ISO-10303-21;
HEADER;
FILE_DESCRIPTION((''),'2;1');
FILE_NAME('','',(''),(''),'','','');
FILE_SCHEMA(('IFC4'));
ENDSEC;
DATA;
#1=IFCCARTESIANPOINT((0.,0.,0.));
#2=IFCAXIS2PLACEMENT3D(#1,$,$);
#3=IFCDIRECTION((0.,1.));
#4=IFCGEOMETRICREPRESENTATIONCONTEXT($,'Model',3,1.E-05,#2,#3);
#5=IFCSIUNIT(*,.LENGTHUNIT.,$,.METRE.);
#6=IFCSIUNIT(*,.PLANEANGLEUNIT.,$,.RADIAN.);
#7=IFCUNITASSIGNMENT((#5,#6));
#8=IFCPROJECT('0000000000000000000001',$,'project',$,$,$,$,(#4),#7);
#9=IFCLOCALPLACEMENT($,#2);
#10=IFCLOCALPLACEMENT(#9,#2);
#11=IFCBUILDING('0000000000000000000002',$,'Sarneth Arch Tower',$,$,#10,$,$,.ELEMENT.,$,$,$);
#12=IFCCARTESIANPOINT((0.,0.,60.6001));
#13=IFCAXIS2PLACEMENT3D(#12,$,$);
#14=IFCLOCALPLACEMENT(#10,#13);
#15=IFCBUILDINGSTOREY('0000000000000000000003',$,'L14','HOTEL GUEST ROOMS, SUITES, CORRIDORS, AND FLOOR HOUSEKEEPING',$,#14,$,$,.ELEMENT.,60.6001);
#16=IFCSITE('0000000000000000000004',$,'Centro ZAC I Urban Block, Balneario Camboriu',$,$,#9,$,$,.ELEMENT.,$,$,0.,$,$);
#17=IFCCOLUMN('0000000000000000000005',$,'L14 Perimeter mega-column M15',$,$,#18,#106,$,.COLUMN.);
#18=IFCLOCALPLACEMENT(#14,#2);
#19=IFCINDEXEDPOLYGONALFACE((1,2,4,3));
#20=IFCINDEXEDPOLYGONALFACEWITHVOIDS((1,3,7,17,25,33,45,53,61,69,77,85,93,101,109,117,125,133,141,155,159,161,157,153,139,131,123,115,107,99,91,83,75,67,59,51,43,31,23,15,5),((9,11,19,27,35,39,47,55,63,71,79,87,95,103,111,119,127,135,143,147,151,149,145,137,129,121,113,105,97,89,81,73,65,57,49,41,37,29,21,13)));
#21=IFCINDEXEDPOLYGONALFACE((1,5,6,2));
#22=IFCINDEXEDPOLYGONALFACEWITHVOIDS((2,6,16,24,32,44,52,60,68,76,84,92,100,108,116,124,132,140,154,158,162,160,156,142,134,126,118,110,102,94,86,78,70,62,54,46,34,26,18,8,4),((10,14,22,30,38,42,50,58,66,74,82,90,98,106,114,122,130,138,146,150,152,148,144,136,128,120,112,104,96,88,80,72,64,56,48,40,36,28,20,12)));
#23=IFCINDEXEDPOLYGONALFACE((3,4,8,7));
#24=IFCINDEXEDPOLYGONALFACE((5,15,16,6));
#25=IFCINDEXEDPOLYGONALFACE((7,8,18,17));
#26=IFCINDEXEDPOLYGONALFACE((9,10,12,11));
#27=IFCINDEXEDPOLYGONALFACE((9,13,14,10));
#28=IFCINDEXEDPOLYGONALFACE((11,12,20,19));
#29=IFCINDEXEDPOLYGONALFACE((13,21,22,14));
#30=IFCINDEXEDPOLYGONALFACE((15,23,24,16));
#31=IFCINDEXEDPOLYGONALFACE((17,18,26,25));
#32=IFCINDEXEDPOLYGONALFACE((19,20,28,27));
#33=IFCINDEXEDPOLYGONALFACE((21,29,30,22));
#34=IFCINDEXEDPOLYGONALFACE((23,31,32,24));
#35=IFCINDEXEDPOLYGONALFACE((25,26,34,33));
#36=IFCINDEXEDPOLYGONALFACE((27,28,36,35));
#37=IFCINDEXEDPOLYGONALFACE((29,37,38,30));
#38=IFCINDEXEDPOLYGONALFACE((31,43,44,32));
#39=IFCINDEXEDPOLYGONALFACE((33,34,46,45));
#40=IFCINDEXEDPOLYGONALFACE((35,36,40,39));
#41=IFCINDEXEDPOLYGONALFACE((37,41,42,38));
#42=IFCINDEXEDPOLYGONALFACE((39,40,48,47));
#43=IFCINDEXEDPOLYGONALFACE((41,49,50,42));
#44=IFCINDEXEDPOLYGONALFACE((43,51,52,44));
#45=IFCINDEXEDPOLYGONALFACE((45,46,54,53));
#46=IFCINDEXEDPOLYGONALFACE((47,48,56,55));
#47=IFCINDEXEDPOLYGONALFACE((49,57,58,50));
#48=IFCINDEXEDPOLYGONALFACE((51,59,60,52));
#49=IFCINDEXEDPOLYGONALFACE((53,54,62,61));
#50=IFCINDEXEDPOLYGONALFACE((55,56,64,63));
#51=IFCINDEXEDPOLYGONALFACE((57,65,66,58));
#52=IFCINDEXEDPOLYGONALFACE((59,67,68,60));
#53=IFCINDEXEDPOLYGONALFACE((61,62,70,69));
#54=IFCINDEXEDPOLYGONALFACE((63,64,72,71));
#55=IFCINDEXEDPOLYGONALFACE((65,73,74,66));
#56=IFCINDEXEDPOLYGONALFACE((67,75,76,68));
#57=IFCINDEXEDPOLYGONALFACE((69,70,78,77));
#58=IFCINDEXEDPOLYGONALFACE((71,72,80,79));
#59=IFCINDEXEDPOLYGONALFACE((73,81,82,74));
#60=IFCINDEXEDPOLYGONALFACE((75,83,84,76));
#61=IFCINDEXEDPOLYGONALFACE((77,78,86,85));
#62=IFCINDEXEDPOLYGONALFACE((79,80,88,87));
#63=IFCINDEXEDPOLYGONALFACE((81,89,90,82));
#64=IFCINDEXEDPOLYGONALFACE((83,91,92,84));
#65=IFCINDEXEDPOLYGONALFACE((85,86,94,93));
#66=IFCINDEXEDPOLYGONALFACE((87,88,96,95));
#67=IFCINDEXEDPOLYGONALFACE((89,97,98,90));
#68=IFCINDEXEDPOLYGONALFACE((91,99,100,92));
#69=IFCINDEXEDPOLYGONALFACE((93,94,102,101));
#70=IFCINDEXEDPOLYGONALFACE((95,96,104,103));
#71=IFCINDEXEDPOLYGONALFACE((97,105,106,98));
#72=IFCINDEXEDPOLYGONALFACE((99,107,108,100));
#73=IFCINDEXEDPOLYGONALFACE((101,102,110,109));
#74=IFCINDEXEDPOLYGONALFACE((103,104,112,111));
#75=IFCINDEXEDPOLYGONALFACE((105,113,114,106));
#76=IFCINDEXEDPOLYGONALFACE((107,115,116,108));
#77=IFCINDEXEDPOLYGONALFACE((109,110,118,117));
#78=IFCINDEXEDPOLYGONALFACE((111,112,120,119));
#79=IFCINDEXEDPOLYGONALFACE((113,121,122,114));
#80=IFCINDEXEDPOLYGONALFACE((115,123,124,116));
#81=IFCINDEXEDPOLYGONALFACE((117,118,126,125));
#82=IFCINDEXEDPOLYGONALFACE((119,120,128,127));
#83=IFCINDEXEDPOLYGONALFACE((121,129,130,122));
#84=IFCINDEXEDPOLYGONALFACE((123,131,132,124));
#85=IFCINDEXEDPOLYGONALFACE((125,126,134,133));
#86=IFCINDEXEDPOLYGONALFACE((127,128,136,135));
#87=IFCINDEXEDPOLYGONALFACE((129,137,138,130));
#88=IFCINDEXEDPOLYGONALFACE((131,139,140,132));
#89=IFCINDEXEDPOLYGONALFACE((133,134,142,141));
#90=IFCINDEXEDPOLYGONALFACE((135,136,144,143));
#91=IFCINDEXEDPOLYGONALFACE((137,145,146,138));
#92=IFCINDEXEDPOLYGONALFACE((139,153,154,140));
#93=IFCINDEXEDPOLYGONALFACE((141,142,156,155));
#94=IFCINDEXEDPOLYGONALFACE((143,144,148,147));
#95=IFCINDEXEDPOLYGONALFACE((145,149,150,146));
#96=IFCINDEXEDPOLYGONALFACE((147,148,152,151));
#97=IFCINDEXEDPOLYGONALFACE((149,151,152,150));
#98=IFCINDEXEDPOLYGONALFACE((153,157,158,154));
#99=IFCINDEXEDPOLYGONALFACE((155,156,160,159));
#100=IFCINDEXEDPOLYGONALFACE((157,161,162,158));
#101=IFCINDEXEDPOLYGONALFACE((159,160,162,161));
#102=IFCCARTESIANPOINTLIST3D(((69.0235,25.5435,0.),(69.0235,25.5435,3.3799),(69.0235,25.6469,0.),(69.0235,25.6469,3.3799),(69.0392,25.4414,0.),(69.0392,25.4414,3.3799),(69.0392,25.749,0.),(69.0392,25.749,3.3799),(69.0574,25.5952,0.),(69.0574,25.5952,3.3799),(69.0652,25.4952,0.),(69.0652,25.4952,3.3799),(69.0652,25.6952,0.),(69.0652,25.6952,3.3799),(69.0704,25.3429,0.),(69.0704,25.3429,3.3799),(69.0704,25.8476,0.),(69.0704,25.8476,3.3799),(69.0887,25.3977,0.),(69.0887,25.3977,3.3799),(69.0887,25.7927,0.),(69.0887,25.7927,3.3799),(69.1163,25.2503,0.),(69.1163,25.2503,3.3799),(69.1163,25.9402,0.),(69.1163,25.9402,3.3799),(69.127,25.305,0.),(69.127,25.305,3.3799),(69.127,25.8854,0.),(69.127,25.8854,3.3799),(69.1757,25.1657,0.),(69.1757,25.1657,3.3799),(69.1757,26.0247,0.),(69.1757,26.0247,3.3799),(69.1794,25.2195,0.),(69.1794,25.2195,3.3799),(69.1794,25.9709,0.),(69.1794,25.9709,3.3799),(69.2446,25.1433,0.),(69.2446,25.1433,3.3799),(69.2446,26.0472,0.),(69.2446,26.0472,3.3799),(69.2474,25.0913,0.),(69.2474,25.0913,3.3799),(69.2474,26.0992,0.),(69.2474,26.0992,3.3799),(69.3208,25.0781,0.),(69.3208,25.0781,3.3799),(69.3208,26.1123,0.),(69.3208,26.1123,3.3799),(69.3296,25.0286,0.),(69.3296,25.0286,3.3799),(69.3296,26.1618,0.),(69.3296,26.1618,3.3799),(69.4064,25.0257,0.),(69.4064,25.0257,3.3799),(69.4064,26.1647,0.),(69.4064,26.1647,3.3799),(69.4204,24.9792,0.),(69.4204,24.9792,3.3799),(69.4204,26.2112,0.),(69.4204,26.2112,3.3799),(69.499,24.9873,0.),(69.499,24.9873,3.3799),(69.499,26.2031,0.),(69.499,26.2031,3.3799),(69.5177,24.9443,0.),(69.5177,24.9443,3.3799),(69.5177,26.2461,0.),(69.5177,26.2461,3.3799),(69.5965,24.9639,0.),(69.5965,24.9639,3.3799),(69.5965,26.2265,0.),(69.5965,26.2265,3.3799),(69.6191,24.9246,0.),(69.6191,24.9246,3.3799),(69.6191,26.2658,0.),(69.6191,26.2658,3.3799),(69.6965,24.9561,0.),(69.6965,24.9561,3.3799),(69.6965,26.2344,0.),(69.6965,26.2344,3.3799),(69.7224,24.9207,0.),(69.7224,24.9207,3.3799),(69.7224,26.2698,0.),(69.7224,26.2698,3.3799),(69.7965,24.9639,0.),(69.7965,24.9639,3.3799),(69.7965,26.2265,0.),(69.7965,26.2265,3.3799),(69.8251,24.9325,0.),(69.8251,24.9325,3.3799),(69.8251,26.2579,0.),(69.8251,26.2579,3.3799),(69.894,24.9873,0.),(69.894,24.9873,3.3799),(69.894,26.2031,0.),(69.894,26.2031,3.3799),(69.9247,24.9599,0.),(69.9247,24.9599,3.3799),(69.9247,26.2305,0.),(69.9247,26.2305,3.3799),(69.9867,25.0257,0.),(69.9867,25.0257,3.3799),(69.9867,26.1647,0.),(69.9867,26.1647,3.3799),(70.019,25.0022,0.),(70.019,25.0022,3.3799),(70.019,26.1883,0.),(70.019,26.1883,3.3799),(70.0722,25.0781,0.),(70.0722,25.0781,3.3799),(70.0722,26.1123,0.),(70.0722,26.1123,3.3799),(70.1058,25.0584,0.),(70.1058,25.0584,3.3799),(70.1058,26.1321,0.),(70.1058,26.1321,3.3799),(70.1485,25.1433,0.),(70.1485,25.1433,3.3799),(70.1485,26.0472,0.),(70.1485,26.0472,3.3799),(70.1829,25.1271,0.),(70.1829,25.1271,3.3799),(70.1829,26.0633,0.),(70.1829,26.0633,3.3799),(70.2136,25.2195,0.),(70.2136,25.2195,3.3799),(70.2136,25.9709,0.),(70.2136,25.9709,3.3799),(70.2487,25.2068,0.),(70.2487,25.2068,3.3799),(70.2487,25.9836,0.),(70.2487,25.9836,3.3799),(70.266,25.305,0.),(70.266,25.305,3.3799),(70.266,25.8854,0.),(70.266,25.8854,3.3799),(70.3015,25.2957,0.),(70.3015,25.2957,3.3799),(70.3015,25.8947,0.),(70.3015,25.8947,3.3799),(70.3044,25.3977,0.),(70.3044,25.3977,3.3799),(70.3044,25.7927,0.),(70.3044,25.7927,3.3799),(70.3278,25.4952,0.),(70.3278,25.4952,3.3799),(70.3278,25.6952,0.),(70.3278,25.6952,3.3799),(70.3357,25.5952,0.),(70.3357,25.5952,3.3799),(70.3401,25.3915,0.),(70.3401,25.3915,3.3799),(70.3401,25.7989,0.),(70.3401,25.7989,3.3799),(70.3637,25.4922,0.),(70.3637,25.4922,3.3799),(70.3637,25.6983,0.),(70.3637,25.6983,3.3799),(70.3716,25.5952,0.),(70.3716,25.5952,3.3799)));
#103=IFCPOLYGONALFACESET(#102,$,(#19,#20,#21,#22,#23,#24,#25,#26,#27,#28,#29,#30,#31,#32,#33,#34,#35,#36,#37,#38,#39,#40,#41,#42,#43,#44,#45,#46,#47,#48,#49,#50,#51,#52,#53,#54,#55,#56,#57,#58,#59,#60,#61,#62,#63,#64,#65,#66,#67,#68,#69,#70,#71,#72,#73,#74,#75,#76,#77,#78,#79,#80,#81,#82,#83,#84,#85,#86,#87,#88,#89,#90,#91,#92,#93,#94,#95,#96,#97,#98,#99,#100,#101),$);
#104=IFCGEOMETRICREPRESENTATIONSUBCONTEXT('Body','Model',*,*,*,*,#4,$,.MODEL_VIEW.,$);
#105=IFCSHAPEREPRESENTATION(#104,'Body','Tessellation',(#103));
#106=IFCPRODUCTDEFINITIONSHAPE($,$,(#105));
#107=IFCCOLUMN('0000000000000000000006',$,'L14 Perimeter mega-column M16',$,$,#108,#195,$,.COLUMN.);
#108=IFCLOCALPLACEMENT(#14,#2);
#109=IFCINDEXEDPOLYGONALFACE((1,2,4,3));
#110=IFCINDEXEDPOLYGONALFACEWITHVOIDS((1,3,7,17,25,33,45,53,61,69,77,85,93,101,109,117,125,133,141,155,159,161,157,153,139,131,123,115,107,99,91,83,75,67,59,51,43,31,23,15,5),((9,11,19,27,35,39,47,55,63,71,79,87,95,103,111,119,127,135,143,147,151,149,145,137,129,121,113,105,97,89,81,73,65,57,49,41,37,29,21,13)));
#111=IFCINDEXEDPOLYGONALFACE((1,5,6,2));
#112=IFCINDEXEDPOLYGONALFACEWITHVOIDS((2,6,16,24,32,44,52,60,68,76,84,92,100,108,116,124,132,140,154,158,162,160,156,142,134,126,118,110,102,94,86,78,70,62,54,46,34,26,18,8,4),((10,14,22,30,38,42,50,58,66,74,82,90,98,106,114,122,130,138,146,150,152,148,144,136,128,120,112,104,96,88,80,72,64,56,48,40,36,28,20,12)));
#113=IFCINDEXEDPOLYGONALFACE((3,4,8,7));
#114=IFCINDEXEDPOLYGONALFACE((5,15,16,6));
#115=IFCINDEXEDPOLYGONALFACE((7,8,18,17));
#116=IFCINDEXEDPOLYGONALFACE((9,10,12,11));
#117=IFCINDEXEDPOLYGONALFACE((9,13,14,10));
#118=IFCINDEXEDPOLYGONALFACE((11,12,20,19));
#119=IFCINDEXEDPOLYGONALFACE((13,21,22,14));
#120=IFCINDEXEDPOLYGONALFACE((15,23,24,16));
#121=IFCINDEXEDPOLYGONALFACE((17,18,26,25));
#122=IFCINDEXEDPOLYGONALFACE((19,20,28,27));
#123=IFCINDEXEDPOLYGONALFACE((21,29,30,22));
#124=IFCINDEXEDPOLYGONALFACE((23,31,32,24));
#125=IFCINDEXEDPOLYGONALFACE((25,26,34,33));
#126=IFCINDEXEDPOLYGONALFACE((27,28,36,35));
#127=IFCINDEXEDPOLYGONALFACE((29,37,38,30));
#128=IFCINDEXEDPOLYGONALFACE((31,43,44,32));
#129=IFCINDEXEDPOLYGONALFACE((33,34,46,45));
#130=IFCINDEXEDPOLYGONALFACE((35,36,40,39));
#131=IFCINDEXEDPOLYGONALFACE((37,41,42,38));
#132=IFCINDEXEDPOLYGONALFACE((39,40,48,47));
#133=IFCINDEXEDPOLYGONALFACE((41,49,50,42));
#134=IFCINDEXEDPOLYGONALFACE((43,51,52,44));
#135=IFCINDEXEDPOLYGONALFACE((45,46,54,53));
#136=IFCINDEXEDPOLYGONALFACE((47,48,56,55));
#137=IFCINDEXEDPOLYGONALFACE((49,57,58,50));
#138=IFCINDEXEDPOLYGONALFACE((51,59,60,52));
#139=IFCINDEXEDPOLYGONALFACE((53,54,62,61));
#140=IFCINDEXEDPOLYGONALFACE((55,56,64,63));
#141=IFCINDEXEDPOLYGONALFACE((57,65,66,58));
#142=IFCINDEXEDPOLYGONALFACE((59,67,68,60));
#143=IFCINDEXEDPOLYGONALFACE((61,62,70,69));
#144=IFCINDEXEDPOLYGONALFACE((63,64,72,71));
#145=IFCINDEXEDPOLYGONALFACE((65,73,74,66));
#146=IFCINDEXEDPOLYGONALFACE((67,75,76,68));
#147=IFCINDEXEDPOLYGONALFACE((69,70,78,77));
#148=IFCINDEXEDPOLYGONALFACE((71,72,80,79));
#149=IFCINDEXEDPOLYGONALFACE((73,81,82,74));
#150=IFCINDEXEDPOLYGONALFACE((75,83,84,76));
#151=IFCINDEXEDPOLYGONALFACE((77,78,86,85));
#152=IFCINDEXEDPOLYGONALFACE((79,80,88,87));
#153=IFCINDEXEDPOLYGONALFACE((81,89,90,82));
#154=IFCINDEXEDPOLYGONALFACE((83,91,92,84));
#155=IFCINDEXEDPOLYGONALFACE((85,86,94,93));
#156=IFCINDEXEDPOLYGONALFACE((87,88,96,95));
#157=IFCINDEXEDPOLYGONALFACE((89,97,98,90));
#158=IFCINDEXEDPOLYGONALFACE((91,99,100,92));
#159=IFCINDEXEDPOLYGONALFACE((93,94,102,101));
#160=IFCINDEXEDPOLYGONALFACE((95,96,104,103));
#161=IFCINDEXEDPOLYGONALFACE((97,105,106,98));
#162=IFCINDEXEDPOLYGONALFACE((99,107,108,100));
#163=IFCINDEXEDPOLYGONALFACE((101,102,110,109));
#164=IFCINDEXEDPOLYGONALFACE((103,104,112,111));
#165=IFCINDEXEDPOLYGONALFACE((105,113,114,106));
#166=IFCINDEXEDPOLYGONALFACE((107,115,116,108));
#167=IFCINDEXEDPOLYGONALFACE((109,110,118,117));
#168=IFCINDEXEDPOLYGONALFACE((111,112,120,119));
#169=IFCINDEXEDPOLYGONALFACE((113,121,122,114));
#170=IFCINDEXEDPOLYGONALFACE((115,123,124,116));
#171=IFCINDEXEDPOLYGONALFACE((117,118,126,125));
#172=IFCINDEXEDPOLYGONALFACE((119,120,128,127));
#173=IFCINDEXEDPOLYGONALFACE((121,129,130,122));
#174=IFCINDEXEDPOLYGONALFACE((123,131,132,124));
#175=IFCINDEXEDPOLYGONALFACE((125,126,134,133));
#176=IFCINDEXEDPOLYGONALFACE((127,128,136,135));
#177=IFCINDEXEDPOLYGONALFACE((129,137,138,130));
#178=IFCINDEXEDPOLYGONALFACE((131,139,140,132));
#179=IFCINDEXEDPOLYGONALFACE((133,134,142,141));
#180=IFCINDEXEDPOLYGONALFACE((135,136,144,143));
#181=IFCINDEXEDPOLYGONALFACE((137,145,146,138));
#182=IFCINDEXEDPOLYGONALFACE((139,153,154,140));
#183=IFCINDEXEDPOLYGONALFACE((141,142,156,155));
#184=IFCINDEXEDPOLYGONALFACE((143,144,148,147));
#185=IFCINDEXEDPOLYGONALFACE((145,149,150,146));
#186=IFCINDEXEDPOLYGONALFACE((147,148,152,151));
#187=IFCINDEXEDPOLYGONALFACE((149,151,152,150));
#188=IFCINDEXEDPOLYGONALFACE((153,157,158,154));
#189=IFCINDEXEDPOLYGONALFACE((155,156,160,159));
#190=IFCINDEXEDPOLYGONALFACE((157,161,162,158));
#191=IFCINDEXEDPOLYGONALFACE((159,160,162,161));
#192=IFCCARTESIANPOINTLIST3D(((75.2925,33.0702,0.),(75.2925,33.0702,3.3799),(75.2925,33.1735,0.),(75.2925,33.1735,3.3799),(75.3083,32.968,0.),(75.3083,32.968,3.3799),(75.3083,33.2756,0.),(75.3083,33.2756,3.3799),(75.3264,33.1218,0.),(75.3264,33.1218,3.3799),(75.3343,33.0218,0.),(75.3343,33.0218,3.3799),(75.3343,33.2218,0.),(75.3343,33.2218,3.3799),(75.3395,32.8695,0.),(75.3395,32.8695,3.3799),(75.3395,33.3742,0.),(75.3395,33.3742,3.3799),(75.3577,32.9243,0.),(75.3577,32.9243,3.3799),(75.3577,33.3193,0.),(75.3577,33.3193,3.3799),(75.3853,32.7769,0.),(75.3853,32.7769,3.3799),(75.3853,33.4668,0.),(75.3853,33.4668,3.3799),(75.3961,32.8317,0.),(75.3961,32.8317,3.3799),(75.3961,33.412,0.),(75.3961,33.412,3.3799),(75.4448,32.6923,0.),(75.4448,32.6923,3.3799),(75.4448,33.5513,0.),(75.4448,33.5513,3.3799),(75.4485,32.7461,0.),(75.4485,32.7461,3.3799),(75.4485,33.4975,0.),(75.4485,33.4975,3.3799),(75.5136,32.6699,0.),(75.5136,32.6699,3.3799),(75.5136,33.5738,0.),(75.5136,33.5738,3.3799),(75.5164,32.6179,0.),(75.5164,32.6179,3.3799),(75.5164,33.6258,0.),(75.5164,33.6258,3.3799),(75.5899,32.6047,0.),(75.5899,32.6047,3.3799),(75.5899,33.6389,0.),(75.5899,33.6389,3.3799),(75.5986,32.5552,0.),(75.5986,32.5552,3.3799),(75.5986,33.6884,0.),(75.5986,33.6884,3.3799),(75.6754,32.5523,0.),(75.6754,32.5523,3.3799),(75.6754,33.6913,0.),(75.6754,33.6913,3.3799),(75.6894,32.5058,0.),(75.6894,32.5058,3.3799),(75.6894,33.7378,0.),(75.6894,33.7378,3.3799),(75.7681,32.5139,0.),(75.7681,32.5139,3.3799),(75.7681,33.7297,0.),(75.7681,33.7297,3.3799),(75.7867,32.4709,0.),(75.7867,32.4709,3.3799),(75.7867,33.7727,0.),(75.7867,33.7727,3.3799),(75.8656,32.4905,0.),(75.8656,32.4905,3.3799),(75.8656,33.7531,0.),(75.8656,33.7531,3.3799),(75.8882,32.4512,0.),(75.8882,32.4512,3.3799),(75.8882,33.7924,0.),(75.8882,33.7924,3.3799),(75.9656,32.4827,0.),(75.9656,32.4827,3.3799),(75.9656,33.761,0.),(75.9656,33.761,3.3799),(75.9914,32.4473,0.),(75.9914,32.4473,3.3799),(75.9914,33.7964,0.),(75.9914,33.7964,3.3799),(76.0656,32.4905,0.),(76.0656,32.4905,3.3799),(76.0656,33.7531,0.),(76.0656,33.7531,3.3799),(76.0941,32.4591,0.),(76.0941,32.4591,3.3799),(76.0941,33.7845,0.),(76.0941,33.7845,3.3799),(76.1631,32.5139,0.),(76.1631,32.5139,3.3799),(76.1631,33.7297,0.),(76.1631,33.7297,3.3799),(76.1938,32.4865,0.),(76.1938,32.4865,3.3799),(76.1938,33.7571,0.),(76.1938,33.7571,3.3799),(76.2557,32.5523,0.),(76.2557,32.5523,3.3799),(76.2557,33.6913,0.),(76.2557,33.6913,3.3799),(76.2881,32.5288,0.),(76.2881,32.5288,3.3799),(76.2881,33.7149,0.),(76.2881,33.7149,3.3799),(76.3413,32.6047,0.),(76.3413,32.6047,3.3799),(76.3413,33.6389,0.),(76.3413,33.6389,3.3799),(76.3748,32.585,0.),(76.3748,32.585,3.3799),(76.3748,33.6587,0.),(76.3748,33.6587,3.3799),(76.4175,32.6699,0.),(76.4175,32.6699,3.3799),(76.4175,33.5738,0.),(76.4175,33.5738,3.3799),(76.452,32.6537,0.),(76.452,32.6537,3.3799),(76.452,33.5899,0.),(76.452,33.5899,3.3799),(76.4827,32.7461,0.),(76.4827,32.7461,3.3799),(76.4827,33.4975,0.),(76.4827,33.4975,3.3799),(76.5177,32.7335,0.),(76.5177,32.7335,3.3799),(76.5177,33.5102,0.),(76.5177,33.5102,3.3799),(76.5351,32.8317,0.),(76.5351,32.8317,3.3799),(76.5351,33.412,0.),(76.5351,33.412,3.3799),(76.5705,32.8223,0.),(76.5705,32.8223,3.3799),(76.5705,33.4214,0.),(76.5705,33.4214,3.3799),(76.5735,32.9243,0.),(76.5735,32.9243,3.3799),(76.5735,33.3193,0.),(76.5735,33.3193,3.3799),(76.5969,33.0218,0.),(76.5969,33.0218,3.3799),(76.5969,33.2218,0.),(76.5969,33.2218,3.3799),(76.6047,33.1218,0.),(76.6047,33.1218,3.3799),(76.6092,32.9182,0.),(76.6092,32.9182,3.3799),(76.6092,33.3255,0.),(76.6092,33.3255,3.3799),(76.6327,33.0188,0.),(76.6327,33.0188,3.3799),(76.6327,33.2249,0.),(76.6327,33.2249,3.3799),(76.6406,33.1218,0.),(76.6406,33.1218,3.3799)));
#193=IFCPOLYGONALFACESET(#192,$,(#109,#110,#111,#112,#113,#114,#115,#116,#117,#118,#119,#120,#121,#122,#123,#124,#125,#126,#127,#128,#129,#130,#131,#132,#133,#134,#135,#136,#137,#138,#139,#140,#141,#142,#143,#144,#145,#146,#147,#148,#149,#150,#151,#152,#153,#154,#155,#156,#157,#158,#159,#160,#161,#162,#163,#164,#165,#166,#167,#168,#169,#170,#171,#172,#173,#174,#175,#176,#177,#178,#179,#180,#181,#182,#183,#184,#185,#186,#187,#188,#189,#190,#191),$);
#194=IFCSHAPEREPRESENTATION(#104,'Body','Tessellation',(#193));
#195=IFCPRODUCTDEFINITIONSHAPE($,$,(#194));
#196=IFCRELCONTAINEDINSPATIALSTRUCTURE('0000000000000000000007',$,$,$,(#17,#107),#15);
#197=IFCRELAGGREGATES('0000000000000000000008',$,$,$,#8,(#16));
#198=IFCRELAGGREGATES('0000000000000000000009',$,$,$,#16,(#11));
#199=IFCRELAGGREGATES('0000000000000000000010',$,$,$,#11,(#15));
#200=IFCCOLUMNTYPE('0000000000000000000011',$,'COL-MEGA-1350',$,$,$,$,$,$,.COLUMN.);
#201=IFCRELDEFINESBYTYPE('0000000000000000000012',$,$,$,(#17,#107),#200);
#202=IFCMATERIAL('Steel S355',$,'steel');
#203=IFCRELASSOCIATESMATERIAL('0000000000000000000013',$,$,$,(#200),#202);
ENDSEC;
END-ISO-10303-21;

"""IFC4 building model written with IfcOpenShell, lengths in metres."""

from ifc_helpers import new_model, si_unit, direction, frame, origin, origin_2d, place, context, subcontext, project, spatial, hollow_circle, extrude, material, material_profile, profile_set, type_object, element, save


model = new_model("IFC4")

# Units and contexts
model_context = context("Model", 3, precision=1e-05, world=origin(), true_north=direction((0.0, 1.0)))
body_context = subcontext(model_context, "Body", "Model", "MODEL_VIEW")
ifc_project = project(units=[si_unit("LENGTHUNIT", "METRE"), si_unit("PLANEANGLEUNIT", "RADIAN")], contexts=[model_context])

# Site, building, storey
site_placement = place(None, origin())
site = spatial("IfcSite", under=ifc_project, at=site_placement, Name="Centro ZAC I Urban Block, Balneario Camboriu", CompositionType="ELEMENT", RefElevation=0.0)
building_placement = place(site_placement, origin())
building = spatial("IfcBuilding", under=site, at=building_placement, Name="Sarneth Arch Tower", CompositionType="ELEMENT")
storey_placement = place(building_placement, frame((0.0, 0.0, 60.6001)))
storey = spatial("IfcBuildingStorey", under=building, at=storey_placement, Name="L14", Description="HOTEL GUEST ROOMS, SUITES, CORRIDORS, AND FLOOR HOUSEKEEPING", CompositionType="ELEMENT", Elevation=60.6001)

# Columns
ifc_material_1 = material(Name="Steel S355", Category="steel")
ifc_material_profile_1 = material_profile(ifc_material_1, hollow_circle(Radius=0.675, WallThickness=0.0359, at=origin_2d()), Name="CHS1350x36")
ifc_profile_set_1 = profile_set([ifc_material_profile_1], Name="Steel S355")
column_type = type_object("IfcColumnType", Name="COL-MEGA-1350", PredefinedType="COLUMN", material=ifc_profile_set_1)
for number, where, z_axis, x_axis, name in (
    (1, (69.6965, 25.5952, 0.0), (0.0, 0.0, 1.0), (1.0, 0.0, 0.0), "L14 Perimeter mega-column M15"),
    (2, (75.9656, 33.1218, 0.0), (0.0, 0.0, 1.0), (1.0, 0.0, 0.0), "L14 Perimeter mega-column M16"),
):
    element("IfcColumn", number, at=place(storey_placement, frame(where, z_axis=z_axis, x_axis=x_axis)), inside=storey, type_object=column_type, Name=name, PredefinedType="COLUMN", context=body_context, shape_type="SweptSolid", body=[
        extrude(hollow_circle(Radius=0.675, WallThickness=0.0359, at=origin_2d()), origin(), (0.0, 0.0, 1.0), 3.3799),
    ])

save(model, "model.ifc")
